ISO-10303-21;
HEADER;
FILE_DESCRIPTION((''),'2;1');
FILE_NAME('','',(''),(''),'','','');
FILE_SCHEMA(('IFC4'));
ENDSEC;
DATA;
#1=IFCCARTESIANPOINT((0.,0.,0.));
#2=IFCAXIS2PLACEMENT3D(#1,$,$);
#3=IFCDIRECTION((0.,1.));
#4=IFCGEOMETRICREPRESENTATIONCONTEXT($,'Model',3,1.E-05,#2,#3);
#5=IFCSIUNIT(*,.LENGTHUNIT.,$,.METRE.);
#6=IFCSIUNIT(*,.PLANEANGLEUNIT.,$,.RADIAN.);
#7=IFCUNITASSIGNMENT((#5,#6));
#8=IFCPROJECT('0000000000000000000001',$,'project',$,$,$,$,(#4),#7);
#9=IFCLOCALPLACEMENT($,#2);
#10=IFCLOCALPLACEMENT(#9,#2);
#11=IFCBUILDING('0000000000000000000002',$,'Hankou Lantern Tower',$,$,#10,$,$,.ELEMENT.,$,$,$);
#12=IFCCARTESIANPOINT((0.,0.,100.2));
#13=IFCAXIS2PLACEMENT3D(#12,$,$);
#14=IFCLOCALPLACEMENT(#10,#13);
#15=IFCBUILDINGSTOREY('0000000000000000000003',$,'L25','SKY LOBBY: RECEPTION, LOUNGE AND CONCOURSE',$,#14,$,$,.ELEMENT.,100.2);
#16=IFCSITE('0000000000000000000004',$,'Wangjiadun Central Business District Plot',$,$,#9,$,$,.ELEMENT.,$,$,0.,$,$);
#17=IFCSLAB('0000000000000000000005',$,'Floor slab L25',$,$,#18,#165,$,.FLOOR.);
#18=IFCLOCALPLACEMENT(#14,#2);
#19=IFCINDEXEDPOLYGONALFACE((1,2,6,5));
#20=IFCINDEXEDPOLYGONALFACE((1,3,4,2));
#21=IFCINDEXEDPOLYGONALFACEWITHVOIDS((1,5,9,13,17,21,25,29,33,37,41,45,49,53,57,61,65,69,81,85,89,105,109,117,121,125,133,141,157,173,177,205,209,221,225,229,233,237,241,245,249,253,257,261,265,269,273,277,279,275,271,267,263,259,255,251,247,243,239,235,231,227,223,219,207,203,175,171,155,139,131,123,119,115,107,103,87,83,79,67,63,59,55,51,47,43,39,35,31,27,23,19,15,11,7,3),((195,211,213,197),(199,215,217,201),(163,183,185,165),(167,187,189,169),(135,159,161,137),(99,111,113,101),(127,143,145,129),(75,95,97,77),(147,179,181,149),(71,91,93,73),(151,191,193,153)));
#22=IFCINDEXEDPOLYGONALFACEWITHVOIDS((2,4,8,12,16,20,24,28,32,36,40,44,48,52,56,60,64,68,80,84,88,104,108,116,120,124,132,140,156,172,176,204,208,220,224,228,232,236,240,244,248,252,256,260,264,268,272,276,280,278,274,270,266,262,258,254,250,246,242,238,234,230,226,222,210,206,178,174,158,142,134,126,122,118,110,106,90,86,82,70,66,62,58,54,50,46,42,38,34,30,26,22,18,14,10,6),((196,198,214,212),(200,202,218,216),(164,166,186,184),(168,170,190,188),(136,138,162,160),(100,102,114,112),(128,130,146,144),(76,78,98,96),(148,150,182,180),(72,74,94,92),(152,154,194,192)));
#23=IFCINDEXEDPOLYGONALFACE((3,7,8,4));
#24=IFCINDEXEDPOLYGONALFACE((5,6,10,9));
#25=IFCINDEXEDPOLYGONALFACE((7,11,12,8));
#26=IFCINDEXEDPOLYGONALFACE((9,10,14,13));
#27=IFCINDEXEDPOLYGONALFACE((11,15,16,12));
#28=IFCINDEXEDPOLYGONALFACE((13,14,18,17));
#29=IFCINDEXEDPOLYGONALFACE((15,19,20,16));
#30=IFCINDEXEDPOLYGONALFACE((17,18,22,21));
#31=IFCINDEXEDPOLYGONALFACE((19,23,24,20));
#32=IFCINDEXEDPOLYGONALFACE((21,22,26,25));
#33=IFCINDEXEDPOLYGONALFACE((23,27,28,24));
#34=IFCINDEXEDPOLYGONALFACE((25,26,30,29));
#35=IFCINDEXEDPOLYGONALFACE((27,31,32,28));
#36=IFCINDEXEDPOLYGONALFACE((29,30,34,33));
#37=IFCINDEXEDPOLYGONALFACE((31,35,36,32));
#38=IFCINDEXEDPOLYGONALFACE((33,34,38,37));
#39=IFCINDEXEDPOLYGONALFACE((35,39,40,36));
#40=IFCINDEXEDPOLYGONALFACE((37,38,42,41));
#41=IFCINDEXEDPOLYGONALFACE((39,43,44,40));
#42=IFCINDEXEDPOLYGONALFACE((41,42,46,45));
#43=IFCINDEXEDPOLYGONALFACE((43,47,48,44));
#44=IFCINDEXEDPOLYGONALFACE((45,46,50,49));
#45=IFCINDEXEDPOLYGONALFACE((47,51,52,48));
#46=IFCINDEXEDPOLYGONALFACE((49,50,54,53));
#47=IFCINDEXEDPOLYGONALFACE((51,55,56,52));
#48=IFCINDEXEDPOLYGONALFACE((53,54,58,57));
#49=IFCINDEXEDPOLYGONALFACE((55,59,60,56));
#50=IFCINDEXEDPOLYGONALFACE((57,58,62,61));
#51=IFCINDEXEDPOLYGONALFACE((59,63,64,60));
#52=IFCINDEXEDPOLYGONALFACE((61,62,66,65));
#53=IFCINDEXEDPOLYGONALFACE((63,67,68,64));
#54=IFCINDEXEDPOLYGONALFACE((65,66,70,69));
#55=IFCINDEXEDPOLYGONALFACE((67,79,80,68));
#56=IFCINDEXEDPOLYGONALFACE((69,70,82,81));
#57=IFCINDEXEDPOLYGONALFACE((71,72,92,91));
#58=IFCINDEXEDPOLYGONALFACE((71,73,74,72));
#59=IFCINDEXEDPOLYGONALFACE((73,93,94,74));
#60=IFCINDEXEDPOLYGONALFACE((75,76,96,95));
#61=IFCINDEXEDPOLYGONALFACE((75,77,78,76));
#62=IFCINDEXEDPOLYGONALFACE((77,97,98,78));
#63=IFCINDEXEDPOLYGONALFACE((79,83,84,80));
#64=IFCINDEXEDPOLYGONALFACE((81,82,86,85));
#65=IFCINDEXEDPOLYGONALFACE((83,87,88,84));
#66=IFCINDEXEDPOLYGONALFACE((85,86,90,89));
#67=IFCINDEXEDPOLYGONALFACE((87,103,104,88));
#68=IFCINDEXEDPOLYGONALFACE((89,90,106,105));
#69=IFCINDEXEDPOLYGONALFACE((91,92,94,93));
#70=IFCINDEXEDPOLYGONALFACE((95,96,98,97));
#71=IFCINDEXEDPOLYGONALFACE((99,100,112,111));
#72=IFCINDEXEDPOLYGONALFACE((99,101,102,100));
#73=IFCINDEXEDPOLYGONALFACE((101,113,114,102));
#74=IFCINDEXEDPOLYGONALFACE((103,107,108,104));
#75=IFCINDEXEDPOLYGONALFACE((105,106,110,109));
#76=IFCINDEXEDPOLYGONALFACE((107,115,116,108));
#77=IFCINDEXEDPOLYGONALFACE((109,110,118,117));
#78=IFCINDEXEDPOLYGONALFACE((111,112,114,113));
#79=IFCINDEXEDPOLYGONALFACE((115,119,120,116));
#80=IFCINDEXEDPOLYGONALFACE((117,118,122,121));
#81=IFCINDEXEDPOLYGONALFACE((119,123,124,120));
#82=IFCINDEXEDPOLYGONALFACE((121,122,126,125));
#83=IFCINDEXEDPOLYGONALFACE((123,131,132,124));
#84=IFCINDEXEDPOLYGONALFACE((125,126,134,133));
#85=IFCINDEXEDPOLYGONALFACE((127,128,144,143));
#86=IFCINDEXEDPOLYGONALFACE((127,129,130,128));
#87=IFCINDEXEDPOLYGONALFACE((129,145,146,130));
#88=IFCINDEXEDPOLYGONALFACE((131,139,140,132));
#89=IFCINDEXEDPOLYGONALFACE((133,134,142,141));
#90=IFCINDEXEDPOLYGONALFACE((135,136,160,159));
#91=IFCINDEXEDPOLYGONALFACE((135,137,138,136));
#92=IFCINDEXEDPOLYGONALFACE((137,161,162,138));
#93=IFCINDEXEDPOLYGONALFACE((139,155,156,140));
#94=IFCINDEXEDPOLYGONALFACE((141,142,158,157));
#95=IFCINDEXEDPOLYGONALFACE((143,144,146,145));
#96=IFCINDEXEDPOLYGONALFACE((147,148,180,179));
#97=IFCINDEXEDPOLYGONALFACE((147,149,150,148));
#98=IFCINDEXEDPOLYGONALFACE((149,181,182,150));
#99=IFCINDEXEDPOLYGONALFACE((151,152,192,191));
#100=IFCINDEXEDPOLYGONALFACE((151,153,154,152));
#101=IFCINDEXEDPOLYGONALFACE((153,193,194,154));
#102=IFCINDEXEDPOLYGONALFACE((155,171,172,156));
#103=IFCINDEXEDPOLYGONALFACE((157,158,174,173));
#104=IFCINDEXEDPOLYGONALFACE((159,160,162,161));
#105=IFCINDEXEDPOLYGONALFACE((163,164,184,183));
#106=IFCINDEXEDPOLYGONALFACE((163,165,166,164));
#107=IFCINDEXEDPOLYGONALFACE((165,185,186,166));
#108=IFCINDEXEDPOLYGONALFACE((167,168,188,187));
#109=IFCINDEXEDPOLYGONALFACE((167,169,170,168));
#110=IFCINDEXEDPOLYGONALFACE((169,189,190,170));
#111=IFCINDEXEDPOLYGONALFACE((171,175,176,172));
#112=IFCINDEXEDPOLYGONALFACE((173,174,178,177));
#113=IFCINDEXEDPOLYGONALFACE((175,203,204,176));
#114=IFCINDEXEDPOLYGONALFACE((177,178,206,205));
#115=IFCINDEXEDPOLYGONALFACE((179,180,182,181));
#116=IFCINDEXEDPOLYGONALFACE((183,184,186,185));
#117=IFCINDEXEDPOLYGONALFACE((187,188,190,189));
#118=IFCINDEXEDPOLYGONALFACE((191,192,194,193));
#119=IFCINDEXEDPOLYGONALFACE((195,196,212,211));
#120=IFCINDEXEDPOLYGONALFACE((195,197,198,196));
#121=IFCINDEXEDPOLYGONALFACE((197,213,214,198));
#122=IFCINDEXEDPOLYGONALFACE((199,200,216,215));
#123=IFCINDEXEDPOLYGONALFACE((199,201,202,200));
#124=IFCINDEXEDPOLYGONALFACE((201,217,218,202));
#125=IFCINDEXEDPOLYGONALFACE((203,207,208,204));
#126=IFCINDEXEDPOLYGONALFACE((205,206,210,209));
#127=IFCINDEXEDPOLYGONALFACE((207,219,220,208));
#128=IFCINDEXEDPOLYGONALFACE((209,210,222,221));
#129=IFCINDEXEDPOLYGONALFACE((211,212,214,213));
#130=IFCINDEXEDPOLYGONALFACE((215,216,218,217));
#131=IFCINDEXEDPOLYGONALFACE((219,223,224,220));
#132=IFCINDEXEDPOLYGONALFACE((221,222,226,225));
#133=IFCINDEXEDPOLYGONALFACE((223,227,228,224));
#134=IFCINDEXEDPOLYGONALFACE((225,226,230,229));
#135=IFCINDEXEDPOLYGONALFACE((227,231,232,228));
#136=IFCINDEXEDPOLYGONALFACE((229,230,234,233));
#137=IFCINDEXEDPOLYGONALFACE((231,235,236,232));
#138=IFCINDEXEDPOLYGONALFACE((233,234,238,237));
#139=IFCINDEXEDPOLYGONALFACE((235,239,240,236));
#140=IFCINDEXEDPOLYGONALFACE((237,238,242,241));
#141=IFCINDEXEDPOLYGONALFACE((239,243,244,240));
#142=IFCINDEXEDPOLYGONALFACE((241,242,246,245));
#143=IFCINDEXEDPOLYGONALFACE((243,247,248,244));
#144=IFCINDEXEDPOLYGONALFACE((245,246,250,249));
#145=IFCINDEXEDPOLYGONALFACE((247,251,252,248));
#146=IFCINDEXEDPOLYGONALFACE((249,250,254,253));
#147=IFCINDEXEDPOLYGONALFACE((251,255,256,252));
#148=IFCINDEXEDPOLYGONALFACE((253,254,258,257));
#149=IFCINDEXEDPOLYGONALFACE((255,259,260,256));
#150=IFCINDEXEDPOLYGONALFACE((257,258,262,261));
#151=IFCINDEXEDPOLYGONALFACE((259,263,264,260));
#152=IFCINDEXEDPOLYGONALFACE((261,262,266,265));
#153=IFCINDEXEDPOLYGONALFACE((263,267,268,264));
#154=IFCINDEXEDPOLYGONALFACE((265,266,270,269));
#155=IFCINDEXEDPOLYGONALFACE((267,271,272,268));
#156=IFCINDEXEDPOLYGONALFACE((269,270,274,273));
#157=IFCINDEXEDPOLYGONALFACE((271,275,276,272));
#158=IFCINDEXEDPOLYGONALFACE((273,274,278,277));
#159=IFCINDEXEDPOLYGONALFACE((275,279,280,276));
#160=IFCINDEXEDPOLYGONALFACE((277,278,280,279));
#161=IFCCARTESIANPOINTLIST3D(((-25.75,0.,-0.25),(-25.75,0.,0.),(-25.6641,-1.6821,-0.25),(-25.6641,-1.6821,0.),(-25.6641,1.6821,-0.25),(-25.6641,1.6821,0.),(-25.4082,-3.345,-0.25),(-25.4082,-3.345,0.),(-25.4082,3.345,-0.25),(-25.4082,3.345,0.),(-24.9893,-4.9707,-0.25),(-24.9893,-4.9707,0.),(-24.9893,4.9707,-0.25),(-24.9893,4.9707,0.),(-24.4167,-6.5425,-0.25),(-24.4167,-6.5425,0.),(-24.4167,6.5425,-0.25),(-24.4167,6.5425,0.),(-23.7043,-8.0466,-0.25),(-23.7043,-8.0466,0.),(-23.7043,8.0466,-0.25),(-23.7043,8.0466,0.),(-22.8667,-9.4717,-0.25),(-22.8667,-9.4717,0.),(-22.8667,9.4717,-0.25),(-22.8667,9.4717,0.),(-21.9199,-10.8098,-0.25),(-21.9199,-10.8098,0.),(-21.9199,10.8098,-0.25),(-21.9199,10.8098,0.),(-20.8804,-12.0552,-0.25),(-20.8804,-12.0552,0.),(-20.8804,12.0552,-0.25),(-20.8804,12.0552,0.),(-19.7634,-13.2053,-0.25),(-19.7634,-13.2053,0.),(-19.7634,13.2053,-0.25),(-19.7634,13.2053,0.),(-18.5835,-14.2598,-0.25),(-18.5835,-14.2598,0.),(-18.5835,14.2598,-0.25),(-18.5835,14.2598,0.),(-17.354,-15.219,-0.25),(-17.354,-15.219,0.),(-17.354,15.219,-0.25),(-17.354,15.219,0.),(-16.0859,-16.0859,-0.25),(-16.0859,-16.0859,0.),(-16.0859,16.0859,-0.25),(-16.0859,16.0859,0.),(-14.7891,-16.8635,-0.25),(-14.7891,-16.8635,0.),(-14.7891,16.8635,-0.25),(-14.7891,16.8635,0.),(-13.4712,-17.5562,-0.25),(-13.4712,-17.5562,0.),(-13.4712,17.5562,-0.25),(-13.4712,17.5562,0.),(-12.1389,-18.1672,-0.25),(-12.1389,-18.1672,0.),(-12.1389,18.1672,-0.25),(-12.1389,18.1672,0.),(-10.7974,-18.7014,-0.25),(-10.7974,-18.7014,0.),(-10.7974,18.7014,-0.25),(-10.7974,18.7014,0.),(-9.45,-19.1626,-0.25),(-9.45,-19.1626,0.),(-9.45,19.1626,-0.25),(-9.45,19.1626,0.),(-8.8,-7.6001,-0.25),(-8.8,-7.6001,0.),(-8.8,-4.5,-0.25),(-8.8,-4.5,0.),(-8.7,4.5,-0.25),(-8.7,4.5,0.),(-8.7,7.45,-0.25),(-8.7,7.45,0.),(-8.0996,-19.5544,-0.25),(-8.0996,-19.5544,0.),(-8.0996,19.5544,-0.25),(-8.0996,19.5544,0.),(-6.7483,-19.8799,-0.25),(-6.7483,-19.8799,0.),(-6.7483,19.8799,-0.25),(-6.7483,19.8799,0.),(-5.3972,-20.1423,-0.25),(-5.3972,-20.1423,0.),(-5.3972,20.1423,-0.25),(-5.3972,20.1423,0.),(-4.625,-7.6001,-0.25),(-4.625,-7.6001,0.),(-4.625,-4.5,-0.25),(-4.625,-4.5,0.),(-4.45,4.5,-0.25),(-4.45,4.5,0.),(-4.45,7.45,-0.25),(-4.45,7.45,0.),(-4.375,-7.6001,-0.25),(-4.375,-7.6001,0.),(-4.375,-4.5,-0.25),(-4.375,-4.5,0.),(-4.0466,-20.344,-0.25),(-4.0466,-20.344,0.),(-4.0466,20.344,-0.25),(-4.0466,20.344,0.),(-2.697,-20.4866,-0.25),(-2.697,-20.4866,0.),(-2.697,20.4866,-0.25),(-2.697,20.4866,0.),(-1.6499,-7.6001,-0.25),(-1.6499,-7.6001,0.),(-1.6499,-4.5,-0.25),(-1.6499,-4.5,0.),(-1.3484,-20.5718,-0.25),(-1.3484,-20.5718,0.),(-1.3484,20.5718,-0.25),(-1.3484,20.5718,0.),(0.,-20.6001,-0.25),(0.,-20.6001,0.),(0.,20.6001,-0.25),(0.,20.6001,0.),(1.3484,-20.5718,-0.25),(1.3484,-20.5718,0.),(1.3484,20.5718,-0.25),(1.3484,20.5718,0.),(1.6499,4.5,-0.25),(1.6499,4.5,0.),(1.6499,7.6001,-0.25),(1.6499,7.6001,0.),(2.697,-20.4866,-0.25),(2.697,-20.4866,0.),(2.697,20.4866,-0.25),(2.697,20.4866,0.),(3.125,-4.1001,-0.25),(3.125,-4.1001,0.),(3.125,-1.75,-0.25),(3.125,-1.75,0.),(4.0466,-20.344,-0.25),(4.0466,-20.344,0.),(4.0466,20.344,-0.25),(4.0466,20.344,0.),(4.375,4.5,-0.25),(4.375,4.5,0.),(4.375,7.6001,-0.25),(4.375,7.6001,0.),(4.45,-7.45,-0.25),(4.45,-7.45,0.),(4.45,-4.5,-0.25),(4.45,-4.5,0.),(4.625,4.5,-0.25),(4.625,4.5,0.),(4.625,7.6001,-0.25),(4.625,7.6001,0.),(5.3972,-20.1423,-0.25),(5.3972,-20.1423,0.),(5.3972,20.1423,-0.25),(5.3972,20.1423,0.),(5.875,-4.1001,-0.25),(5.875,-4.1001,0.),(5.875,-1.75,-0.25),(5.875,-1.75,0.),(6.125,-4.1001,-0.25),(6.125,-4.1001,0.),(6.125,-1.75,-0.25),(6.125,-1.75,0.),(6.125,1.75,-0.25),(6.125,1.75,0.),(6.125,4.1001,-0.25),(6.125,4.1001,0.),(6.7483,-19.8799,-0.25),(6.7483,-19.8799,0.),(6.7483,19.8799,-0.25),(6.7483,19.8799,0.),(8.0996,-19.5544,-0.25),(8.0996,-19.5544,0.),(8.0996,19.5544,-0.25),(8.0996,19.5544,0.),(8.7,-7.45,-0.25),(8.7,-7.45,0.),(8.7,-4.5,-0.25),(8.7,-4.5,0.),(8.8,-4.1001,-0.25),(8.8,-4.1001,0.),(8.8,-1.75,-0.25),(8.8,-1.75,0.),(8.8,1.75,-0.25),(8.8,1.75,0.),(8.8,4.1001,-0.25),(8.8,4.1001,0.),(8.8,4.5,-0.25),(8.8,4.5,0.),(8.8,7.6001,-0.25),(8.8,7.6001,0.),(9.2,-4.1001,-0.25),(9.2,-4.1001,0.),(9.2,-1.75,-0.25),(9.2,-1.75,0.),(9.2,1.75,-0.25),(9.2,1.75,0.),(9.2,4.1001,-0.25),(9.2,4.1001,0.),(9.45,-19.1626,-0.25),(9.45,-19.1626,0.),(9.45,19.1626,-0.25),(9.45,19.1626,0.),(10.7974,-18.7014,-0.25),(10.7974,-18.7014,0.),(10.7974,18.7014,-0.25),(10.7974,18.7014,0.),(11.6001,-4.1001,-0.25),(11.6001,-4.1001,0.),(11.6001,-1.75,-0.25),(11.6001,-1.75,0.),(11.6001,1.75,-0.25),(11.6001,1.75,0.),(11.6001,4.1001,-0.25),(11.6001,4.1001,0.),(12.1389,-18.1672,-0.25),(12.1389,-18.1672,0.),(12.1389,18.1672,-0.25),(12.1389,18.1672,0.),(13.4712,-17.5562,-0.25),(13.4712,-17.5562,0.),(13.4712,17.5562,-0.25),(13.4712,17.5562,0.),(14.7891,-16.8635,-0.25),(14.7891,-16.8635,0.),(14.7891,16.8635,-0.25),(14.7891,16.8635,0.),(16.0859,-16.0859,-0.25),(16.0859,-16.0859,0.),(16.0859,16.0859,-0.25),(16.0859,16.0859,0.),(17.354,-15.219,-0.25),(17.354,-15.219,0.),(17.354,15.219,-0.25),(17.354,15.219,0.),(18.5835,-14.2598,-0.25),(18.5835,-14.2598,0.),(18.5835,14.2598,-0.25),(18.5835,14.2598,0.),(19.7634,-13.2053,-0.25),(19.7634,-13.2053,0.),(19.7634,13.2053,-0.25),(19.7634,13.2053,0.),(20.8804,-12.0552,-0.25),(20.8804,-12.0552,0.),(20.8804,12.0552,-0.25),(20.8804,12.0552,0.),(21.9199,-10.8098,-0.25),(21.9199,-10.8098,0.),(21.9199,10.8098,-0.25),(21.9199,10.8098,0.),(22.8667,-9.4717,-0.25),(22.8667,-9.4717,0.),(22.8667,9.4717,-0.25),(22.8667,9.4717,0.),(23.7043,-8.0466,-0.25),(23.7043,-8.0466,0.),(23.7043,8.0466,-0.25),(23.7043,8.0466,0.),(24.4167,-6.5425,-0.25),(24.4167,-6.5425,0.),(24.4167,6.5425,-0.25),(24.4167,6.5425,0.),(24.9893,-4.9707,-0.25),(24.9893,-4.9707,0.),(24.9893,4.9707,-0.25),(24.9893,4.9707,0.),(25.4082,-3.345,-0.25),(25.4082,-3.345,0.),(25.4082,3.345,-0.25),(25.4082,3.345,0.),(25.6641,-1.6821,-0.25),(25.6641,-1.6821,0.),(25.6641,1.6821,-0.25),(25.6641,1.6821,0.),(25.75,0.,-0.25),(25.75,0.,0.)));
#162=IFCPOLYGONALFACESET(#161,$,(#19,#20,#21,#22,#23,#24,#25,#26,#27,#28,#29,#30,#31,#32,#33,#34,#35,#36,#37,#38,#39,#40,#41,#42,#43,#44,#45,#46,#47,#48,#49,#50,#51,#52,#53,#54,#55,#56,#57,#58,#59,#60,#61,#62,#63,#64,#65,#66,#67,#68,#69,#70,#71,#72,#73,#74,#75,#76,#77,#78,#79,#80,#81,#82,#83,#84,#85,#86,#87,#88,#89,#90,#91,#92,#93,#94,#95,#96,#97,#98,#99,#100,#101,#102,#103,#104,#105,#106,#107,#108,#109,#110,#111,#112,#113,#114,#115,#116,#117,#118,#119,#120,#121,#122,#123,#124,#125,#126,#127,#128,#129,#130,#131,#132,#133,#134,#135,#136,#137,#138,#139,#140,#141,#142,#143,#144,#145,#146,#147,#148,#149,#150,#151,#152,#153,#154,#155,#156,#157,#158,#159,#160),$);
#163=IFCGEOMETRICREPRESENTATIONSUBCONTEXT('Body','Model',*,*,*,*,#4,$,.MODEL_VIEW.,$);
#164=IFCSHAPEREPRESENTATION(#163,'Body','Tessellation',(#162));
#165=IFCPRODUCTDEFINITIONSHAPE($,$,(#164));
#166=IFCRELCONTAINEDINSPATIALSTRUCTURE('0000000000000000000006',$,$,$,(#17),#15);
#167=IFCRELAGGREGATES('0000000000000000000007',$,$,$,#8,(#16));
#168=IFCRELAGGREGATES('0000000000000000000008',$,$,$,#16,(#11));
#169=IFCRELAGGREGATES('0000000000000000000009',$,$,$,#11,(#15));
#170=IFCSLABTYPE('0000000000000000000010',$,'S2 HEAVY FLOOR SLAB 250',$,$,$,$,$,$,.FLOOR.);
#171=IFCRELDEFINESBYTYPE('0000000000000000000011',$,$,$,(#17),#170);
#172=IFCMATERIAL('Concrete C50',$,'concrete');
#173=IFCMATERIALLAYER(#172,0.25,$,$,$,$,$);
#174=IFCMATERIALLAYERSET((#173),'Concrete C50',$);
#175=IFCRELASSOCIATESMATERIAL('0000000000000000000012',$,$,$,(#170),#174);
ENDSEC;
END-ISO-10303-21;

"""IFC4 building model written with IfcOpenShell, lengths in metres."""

from ifc_helpers import new_model, si_unit, direction, frame, origin, place, context, subcontext, project, spatial, polyline, outline, extrude, material, layer, layer_set, type_object, element, save


model = new_model("IFC4")

# Units and contexts
model_context = context("Model", 3, precision=1e-05, world=origin(), true_north=direction((0.0, 1.0)))
body_context = subcontext(model_context, "Body", "Model", "MODEL_VIEW")
ifc_project = project(units=[si_unit("LENGTHUNIT", "METRE"), si_unit("PLANEANGLEUNIT", "RADIAN")], contexts=[model_context])

# Site, building, storey
site_placement = place(None, origin())
site = spatial("IfcSite", under=ifc_project, at=site_placement, Name="Wangjiadun Central Business District Plot", CompositionType="ELEMENT", RefElevation=0.0)
building_placement = place(site_placement, origin())
building = spatial("IfcBuilding", under=site, at=building_placement, Name="Hankou Lantern Tower", CompositionType="ELEMENT")
storey_placement = place(building_placement, frame((0.0, 0.0, 100.2)))
storey = spatial("IfcBuildingStorey", under=building, at=storey_placement, Name="L25", Description="SKY LOBBY: RECEPTION, LOUNGE AND CONCOURSE", CompositionType="ELEMENT", Elevation=100.2)

# Slab
ifc_material_1 = material(Name="Concrete C50", Category="concrete")
ifc_layer_1 = layer(ifc_material_1, 0.25)
ifc_layer_set_1 = layer_set([ifc_layer_1], Name="Concrete C50")
slab_type = type_object("IfcSlabType", Name="S2 HEAVY FLOOR SLAB 250", PredefinedType="FLOOR", material=ifc_layer_set_1)
slab_placement = place(storey_placement, frame((0.0, 0.0, -0.25)))
element("IfcSlab", 1, at=slab_placement, inside=storey, type_object=slab_type, Name="Floor slab L25", PredefinedType="FLOOR", context=body_context, shape_type="SweptSolid", body=[
    extrude(outline(polyline([(25.75, 0.0), (25.6641, 1.6821), (25.4082, 3.345), (24.9893, 4.9707), (24.4167, 6.5425), (23.7043, 8.0466), (22.8667, 9.4717), (21.9199, 10.8098), (20.8804, 12.0552), (19.7634, 13.2053), (18.5835, 14.2598), (17.354, 15.219), (16.0859, 16.0859), (14.7891, 16.8635), (13.4712, 17.5562), (12.1389, 18.1672), (10.7974, 18.7014), (9.45, 19.1626), (8.0996, 19.5544), (6.7483, 19.8799), (5.3972, 20.1423), (4.0466, 20.344), (2.697, 20.4866), (1.3484, 20.5718), (0.0, 20.6001), (-1.3484, 20.5718), (-2.697, 20.4866), (-4.0466, 20.344), (-5.3972, 20.1423), (-6.7483, 19.8799), (-8.0996, 19.5544), (-9.45, 19.1626), (-10.7974, 18.7014), (-12.1389, 18.1672), (-13.4712, 17.5562), (-14.7891, 16.8635), (-16.0859, 16.0859), (-17.354, 15.219), (-18.5835, 14.2598), (-19.7634, 13.2053), (-20.8804, 12.0552), (-21.9199, 10.8098), (-22.8667, 9.4717), (-23.7043, 8.0466), (-24.4167, 6.5425), (-24.9893, 4.9707), (-25.4082, 3.345), (-25.6641, 1.6821), (-25.75, 0.0), (-25.6641, -1.6821), (-25.4082, -3.345), (-24.9893, -4.9707), (-24.4167, -6.5425), (-23.7043, -8.0466), (-22.8667, -9.4717), (-21.9199, -10.8098), (-20.8804, -12.0552), (-19.7634, -13.2053), (-18.5835, -14.2598), (-17.354, -15.219), (-16.0859, -16.0859), (-14.7891, -16.8635), (-13.4712, -17.5562), (-12.1389, -18.1672), (-10.7974, -18.7014), (-9.45, -19.1626), (-8.0996, -19.5544), (-6.7483, -19.8799), (-5.3972, -20.1423), (-4.0466, -20.344), (-2.697, -20.4866), (-1.3484, -20.5718), (0.0, -20.6001), (1.3484, -20.5718), (2.697, -20.4866), (4.0466, -20.344), (5.3972, -20.1423), (6.7483, -19.8799), (8.0996, -19.5544), (9.45, -19.1626), (10.7974, -18.7014), (12.1389, -18.1672), (13.4712, -17.5562), (14.7891, -16.8635), (16.0859, -16.0859), (17.354, -15.219), (18.5835, -14.2598), (19.7634, -13.2053), (20.8804, -12.0552), (21.9199, -10.8098), (22.8667, -9.4717), (23.7043, -8.0466), (24.4167, -6.5425), (24.9893, -4.9707), (25.4082, -3.345), (25.6641, -1.6821), (25.75, 0.0)]), holes=[polyline([(6.125, 4.1001), (8.8, 4.1001), (8.8, 1.75), (6.125, 1.75), (6.125, 4.1001)]), polyline([(9.2, 4.1001), (11.6001, 4.1001), (11.6001, 1.75), (9.2, 1.75), (9.2, 4.1001)]), polyline([(3.125, -1.75), (5.875, -1.75), (5.875, -4.1001), (3.125, -4.1001), (3.125, -1.75)]), polyline([(6.125, -1.75), (8.8, -1.75), (8.8, -4.1001), (6.125, -4.1001), (6.125, -1.75)]), polyline([(9.2, -1.75), (11.6001, -1.75), (11.6001, -4.1001), (9.2, -4.1001), (9.2, -1.75)]), polyline([(1.6499, 7.6001), (4.375, 7.6001), (4.375, 4.5), (1.6499, 4.5), (1.6499, 7.6001)]), polyline([(-4.375, -4.5), (-1.6499, -4.5), (-1.6499, -7.6001), (-4.375, -7.6001), (-4.375, -4.5)]), polyline([(-8.7, 7.45), (-4.45, 7.45), (-4.45, 4.5), (-8.7, 4.5), (-8.7, 7.45)]), polyline([(4.45, -4.5), (8.7, -4.5), (8.7, -7.45), (4.45, -7.45), (4.45, -4.5)]), polyline([(4.625, 7.6001), (8.8, 7.6001), (8.8, 4.5), (4.625, 4.5), (4.625, 7.6001)]), polyline([(-8.8, -4.5), (-4.625, -4.5), (-4.625, -7.6001), (-8.8, -7.6001), (-8.8, -4.5)])]), origin(), (0.0, 0.0, 1.0), 0.25),
])

save(model, "model.ifc")
